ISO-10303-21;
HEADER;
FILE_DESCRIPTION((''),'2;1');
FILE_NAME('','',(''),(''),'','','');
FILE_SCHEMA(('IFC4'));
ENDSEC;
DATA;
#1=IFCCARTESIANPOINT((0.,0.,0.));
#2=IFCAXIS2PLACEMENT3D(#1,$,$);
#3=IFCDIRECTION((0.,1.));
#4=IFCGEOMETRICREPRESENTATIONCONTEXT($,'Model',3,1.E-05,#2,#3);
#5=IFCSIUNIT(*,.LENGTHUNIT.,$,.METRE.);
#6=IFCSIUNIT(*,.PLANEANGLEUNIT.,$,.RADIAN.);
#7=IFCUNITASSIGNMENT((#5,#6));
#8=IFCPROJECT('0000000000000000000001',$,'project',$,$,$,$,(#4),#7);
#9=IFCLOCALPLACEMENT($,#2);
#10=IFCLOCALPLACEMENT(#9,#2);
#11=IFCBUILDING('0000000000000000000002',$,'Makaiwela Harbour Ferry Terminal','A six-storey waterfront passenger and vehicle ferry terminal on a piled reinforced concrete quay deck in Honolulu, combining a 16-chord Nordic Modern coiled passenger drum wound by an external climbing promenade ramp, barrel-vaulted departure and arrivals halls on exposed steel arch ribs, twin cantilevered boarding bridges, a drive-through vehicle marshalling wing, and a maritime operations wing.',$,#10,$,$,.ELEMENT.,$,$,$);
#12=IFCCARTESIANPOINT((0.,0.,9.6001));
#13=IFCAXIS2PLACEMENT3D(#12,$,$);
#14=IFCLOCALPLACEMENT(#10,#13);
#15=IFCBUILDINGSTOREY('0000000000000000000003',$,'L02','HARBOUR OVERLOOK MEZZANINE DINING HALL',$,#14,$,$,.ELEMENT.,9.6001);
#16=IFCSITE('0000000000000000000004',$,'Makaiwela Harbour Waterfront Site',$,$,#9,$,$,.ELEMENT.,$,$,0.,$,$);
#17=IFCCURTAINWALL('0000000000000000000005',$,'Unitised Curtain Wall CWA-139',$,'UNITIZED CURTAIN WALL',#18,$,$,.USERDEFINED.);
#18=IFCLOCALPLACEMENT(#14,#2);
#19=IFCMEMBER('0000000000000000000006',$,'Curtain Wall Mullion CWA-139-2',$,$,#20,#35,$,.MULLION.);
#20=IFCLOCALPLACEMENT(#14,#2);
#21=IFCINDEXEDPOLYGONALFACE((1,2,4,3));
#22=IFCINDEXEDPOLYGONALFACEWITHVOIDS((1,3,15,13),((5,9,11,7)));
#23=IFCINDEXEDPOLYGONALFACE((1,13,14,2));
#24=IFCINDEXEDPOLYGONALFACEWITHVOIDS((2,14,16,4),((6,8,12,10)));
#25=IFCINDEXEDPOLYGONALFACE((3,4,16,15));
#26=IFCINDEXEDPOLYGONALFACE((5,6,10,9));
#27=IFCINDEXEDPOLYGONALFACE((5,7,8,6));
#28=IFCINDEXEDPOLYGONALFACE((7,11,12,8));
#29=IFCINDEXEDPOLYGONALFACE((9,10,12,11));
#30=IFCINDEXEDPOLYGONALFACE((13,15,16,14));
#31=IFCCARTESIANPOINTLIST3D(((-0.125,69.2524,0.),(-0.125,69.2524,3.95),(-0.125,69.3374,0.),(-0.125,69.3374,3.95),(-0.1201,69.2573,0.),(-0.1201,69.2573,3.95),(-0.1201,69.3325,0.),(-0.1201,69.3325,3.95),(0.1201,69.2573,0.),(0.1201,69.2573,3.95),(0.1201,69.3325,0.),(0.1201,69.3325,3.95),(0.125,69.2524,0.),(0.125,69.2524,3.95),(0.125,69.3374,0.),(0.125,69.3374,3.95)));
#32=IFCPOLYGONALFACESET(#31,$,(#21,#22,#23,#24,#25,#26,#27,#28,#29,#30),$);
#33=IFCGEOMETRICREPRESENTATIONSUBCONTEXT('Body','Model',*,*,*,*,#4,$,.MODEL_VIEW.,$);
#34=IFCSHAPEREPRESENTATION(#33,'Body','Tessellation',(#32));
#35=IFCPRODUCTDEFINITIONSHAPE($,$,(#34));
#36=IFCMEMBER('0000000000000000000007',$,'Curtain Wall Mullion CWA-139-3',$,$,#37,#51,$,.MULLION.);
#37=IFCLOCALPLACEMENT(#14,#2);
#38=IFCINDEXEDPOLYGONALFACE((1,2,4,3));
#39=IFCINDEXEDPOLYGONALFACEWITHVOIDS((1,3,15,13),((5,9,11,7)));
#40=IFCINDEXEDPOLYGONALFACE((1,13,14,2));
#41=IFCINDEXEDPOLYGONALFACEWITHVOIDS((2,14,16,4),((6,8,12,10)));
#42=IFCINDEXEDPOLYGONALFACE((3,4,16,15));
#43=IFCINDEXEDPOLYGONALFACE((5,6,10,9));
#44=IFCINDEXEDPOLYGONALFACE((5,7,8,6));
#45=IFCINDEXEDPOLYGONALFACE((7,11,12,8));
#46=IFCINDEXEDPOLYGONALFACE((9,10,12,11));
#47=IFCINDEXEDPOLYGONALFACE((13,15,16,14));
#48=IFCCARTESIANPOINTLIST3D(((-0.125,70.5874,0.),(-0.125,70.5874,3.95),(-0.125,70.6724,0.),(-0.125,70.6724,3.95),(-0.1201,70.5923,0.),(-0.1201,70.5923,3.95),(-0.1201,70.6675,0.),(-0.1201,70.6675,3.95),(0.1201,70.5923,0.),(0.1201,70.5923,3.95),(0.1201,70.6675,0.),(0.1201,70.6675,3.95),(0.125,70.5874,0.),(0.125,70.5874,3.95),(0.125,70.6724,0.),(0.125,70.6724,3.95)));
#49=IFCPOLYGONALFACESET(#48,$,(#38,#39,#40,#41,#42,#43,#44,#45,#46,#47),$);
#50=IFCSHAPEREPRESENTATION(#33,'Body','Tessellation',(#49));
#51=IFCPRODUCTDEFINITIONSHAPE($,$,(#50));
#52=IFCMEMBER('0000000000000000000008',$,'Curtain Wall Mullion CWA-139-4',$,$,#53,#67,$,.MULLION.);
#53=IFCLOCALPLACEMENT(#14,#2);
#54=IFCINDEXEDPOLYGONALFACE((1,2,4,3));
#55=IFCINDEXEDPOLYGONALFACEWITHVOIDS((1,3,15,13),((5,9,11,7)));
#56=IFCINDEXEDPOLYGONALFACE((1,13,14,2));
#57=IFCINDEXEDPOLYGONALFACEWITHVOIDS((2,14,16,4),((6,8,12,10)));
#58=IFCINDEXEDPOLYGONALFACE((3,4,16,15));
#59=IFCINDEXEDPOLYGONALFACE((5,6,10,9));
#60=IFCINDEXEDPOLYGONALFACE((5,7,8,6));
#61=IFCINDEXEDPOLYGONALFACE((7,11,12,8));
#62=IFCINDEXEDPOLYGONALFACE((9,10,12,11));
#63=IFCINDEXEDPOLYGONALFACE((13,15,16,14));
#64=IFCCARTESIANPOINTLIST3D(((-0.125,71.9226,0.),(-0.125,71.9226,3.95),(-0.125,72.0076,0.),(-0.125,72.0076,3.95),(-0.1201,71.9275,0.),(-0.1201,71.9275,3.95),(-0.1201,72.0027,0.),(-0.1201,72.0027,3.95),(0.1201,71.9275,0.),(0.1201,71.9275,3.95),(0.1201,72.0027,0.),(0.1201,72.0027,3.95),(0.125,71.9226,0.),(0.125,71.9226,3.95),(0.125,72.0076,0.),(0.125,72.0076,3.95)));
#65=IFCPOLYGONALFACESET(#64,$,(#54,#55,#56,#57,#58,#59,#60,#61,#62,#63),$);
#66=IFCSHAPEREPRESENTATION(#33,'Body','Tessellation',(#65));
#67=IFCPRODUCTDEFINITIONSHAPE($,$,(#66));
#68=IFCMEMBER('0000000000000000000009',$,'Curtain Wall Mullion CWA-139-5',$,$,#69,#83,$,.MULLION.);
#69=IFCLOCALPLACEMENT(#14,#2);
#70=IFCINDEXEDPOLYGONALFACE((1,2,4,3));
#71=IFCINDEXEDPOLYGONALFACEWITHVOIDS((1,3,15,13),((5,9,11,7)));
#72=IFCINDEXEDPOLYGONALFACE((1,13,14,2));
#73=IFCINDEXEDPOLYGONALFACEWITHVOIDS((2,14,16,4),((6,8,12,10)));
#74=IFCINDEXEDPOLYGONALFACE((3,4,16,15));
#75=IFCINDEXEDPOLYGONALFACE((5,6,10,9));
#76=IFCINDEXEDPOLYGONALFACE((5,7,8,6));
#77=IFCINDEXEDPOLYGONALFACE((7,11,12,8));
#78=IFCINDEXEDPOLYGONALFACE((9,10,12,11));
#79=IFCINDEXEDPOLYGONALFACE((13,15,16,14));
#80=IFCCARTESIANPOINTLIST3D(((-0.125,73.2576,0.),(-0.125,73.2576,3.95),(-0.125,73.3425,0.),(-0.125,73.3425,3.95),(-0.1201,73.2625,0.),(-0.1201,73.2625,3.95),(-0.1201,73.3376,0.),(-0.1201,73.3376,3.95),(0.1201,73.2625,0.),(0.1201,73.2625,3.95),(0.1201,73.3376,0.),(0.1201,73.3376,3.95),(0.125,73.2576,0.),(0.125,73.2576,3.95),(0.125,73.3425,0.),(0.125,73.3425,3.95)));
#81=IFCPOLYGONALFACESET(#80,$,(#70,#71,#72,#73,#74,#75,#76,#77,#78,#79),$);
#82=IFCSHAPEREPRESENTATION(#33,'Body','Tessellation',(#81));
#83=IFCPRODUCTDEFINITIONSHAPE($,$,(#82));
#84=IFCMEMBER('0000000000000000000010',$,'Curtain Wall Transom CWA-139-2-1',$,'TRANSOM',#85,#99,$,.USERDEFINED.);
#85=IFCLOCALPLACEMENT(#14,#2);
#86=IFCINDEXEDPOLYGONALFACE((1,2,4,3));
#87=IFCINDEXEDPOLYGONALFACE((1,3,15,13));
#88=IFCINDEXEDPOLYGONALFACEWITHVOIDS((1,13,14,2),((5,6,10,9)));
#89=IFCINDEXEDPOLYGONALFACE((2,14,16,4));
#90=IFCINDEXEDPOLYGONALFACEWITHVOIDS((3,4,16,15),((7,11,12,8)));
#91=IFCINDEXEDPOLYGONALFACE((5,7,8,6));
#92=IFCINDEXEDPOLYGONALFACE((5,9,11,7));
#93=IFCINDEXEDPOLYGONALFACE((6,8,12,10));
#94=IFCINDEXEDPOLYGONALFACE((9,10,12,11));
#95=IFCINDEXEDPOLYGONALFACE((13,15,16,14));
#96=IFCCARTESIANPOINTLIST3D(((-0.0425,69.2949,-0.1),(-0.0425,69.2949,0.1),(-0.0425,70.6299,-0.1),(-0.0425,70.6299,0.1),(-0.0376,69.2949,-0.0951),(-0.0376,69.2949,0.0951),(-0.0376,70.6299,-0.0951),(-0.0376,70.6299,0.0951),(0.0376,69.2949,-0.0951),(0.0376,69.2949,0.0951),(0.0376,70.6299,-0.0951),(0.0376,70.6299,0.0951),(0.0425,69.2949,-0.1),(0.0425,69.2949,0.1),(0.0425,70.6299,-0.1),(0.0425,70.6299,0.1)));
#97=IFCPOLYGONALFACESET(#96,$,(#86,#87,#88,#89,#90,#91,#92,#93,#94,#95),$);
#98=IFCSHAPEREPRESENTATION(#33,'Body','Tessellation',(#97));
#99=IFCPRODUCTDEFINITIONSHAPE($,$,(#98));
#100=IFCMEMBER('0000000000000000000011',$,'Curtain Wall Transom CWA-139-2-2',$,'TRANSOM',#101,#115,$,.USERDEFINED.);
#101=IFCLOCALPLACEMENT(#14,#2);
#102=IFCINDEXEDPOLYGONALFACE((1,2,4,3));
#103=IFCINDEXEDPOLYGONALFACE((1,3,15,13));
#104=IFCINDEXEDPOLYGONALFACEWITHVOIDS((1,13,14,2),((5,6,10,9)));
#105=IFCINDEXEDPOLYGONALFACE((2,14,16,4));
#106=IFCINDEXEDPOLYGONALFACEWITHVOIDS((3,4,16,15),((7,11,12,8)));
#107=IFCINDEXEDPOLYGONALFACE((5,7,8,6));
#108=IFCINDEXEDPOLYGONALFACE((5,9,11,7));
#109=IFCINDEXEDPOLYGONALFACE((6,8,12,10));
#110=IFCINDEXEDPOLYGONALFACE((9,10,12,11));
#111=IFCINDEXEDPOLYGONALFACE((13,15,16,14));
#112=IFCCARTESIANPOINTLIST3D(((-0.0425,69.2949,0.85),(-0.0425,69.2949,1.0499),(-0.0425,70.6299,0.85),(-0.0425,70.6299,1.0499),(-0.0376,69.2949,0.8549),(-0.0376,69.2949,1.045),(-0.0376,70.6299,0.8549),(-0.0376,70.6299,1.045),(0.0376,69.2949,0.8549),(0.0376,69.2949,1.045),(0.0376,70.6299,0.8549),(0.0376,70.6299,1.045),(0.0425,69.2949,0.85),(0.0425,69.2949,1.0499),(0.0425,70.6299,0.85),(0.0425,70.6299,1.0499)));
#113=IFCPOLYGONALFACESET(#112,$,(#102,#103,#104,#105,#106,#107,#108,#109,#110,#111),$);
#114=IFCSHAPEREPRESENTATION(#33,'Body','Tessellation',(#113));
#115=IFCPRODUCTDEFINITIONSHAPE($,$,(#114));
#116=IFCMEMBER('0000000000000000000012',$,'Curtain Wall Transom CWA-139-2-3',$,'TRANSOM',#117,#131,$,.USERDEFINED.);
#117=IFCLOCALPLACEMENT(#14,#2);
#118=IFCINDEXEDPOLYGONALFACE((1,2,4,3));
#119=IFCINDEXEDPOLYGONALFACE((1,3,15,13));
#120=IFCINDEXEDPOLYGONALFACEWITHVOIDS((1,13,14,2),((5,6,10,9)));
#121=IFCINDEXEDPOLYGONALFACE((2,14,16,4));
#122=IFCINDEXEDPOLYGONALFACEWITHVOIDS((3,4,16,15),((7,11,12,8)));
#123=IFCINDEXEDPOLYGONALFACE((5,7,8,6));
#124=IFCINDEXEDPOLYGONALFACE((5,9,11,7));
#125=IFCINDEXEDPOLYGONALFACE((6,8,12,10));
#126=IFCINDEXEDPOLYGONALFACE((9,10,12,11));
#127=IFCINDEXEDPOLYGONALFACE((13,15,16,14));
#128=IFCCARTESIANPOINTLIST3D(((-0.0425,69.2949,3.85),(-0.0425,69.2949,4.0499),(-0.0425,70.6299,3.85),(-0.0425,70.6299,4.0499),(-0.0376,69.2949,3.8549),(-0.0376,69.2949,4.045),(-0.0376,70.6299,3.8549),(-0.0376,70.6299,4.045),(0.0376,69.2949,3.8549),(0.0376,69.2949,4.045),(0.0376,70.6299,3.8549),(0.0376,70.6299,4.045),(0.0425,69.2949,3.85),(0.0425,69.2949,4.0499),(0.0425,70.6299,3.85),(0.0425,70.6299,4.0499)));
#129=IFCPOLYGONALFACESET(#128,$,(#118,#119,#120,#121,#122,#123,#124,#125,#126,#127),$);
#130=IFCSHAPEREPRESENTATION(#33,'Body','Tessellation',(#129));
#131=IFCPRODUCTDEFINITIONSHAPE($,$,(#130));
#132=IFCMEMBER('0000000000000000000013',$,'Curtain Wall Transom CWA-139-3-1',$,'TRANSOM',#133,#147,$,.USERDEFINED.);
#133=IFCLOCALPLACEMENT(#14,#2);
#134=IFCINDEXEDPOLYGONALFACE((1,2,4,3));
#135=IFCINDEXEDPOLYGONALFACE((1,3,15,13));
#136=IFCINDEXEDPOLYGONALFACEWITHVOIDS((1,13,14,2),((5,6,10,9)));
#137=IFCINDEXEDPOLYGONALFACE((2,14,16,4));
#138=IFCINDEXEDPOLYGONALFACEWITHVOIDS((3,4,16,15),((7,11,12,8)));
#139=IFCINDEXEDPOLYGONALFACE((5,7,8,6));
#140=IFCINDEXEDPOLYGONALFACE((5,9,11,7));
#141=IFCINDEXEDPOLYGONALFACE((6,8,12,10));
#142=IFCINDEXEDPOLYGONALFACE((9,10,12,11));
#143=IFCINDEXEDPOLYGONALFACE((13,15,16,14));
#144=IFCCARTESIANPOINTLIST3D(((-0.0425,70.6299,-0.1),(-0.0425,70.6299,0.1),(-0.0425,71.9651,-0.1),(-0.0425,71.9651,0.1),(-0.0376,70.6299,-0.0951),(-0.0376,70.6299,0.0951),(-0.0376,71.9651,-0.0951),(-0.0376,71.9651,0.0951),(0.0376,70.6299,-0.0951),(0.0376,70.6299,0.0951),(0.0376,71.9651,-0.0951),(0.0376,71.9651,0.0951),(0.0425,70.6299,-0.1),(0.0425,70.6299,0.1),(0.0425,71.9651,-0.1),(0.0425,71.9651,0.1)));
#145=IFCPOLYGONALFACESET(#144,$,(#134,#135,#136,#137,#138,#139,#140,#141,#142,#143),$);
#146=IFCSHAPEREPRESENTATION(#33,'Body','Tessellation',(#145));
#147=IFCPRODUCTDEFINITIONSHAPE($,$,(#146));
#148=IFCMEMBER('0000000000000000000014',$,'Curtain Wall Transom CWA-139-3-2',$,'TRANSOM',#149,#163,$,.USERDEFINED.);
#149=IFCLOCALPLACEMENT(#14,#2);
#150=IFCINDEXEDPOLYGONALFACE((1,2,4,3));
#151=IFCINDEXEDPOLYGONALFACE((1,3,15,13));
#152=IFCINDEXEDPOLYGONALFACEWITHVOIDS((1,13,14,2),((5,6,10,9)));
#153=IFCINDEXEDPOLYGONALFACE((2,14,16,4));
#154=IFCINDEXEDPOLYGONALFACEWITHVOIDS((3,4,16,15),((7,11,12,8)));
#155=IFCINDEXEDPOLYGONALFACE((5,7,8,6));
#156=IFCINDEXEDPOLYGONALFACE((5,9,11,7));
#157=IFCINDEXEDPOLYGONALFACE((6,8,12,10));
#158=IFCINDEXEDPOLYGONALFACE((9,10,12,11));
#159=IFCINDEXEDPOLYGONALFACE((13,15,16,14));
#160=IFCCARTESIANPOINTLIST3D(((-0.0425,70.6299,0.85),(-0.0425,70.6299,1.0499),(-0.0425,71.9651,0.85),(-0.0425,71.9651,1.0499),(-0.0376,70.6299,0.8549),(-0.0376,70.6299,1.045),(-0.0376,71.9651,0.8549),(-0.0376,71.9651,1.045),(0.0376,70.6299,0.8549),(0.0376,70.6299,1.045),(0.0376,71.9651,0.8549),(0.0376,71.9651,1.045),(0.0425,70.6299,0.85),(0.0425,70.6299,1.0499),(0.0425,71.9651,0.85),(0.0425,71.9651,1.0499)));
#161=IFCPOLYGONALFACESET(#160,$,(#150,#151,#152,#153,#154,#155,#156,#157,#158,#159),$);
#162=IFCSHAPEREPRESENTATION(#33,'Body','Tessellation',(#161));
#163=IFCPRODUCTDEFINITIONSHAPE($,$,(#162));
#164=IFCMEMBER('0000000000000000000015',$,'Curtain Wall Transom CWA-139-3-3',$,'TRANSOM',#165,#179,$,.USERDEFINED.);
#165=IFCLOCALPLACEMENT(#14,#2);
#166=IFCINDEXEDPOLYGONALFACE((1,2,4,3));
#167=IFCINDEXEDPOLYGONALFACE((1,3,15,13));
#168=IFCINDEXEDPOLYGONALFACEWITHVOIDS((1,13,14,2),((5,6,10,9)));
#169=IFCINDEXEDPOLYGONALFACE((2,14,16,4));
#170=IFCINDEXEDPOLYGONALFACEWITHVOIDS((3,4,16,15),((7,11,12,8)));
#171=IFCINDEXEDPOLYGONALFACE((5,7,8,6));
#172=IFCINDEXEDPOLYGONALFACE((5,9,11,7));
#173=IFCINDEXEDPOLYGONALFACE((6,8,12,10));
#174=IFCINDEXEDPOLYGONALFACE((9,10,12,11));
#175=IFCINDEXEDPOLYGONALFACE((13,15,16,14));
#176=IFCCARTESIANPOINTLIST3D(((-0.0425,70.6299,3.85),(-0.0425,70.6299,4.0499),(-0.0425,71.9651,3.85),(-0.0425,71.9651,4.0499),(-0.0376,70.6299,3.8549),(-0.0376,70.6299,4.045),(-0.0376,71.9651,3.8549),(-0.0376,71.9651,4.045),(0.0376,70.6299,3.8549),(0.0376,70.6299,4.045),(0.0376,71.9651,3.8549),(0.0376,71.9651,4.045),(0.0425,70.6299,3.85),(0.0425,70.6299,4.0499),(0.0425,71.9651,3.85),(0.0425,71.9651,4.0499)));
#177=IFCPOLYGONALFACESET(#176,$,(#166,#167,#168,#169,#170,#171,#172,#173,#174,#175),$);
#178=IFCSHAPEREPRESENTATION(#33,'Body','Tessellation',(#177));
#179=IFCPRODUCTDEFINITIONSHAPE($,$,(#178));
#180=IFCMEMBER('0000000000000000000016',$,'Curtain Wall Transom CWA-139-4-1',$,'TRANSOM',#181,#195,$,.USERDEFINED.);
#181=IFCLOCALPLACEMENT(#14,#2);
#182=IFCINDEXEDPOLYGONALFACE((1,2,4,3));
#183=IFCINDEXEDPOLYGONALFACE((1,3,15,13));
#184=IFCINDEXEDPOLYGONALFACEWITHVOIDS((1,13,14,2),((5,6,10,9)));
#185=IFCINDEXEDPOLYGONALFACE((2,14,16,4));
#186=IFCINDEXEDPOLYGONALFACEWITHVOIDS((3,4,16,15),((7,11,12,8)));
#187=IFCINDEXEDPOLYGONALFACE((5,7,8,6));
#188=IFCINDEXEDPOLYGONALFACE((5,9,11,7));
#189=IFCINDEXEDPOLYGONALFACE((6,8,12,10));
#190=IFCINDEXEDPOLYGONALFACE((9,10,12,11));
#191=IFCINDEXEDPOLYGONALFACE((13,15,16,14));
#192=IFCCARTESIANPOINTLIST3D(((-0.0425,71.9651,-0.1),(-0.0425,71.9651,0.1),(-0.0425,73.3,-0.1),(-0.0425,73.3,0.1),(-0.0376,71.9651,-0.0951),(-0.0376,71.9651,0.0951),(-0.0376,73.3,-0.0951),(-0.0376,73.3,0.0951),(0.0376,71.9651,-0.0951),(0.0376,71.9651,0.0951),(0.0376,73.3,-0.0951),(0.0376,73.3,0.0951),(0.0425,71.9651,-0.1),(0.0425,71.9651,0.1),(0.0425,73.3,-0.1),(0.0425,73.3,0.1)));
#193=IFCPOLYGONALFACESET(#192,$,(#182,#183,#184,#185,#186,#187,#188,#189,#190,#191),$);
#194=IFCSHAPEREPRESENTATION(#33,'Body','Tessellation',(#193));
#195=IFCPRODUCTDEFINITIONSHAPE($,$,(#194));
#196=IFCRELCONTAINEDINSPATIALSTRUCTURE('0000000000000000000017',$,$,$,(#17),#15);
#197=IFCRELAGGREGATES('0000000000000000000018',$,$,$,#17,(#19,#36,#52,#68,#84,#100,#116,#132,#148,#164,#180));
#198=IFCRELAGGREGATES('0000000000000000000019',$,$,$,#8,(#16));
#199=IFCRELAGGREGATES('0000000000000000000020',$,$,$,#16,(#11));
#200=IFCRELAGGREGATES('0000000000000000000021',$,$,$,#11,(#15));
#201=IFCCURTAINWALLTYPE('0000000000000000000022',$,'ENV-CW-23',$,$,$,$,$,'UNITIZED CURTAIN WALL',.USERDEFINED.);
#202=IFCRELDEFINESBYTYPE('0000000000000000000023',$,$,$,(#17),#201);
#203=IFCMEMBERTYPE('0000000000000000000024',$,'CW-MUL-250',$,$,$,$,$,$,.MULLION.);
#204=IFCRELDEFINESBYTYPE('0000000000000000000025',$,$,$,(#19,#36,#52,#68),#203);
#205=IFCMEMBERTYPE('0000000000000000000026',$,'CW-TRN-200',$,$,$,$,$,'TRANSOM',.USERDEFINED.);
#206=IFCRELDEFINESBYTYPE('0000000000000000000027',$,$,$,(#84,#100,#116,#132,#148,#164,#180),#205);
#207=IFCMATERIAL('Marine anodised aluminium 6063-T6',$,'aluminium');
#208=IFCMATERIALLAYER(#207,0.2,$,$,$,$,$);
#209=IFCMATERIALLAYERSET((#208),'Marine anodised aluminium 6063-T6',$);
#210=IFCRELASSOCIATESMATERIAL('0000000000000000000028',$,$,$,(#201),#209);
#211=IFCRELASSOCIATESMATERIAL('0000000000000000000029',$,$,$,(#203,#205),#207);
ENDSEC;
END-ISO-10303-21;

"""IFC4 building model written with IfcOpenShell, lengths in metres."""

from ifc_helpers import new_model, si_unit, direction, frame, origin, origin_2d, place, context, subcontext, project, spatial, hollow_rectangle, extrude, material, layer, layer_set, material_profile, profile_set, type_object, element, aggregate, save


model = new_model("IFC4")

# Units and contexts
model_context = context("Model", 3, precision=1e-05, world=origin(), true_north=direction((0.0, 1.0)))
body_context = subcontext(model_context, "Body", "Model", "MODEL_VIEW")
ifc_project = project(units=[si_unit("LENGTHUNIT", "METRE"), si_unit("PLANEANGLEUNIT", "RADIAN")], contexts=[model_context])

# Site, building, storey
site_placement = place(None, origin())
site = spatial("IfcSite", under=ifc_project, at=site_placement, Name="Makaiwela Harbour Waterfront Site", CompositionType="ELEMENT", RefElevation=0.0)
building_placement = place(site_placement, origin())
building = spatial("IfcBuilding", under=site, at=building_placement, Name="Makaiwela Harbour Ferry Terminal", Description="A six-storey waterfront passenger and vehicle ferry terminal on a piled reinforced concrete quay deck in Honolulu, combining a 16-chord Nordic Modern coiled passenger drum wound by an external climbing promenade ramp, barrel-vaulted departure and arrivals halls on exposed steel arch ribs, twin cantilevered boarding bridges, a drive-through vehicle marshalling wing, and a maritime operations wing.", CompositionType="ELEMENT")
storey_placement = place(building_placement, frame((0.0, 0.0, 9.6001)))
storey = spatial("IfcBuildingStorey", under=building, at=storey_placement, Name="L02", Description="HARBOUR OVERLOOK MEZZANINE DINING HALL", CompositionType="ELEMENT", Elevation=9.6001)

# Curtain wall, members
ifc_material_1 = material(Name="Marine anodised aluminium 6063-T6", Category="aluminium")
ifc_layer_1 = layer(ifc_material_1, 0.2)
ifc_layer_set_1 = layer_set([ifc_layer_1], Name="Marine anodised aluminium 6063-T6")
curtain_wall_type = type_object("IfcCurtainWallType", Name="ENV-CW-23", ElementType="UNITIZED CURTAIN WALL", PredefinedType="USERDEFINED", material=ifc_layer_set_1)
curtain_wall_placement = place(storey_placement, origin())
curtain_wall = element("IfcCurtainWall", 1, at=curtain_wall_placement, inside=storey, type_object=curtain_wall_type, Name="Unitised Curtain Wall CWA-139", ObjectType="UNITIZED CURTAIN WALL", PredefinedType="USERDEFINED")
ifc_material_profile_1 = material_profile(ifc_material_1, hollow_rectangle(XDim=0.085, YDim=0.25, WallThickness=0.0049, at=origin_2d()), Name="CWM-250X85")
ifc_profile_set_1 = profile_set([ifc_material_profile_1], Name="Marine anodised aluminium 6063-T6")
member_type_1 = type_object("IfcMemberType", Name="CW-MUL-250", PredefinedType="MULLION", material=ifc_profile_set_1)
member_1_placement = place(storey_placement, frame((0.0, 69.2949, 0.0), z_axis=(0.0, 0.0, 1.0), x_axis=(0.0, 1.0, 0.0)))
member_1 = element("IfcMember", 2, at=member_1_placement, type_object=member_type_1, Name="Curtain Wall Mullion CWA-139-2", PredefinedType="MULLION", context=body_context, shape_type="SweptSolid", body=[
    extrude(hollow_rectangle(XDim=0.085, YDim=0.25, WallThickness=0.0049, at=origin_2d()), origin(), (0.0, 0.0, 1.0), 3.95),
])
member_2_placement = place(storey_placement, frame((0.0, 70.6299, 0.0), z_axis=(0.0, 0.0, 1.0), x_axis=(0.0, 1.0, 0.0)))
member_2 = element("IfcMember", 3, at=member_2_placement, type_object=member_type_1, Name="Curtain Wall Mullion CWA-139-3", PredefinedType="MULLION", context=body_context, shape_type="SweptSolid", body=[
    extrude(hollow_rectangle(XDim=0.085, YDim=0.25, WallThickness=0.0049, at=origin_2d()), origin(), (0.0, 0.0, 1.0), 3.95),
])
member_3_placement = place(storey_placement, frame((0.0, 71.9651, 0.0), z_axis=(0.0, 0.0, 1.0), x_axis=(0.0, 1.0, 0.0)))
member_3 = element("IfcMember", 4, at=member_3_placement, type_object=member_type_1, Name="Curtain Wall Mullion CWA-139-4", PredefinedType="MULLION", context=body_context, shape_type="SweptSolid", body=[
    extrude(hollow_rectangle(XDim=0.085, YDim=0.25, WallThickness=0.0049, at=origin_2d()), origin(), (0.0, 0.0, 1.0), 3.95),
])
member_4_placement = place(storey_placement, frame((0.0, 73.3, 0.0), z_axis=(0.0, 0.0, 1.0), x_axis=(0.0, 1.0, 0.0)))
member_4 = element("IfcMember", 5, at=member_4_placement, type_object=member_type_1, Name="Curtain Wall Mullion CWA-139-5", PredefinedType="MULLION", context=body_context, shape_type="SweptSolid", body=[
    extrude(hollow_rectangle(XDim=0.085, YDim=0.25, WallThickness=0.0049, at=origin_2d()), origin(), (0.0, 0.0, 1.0), 3.95),
])
ifc_material_profile_2 = material_profile(ifc_material_1, hollow_rectangle(XDim=0.085, YDim=0.2, WallThickness=0.0049, at=origin_2d()), Name="CWT-200X85")
ifc_profile_set_2 = profile_set([ifc_material_profile_2], Name="Marine anodised aluminium 6063-T6")
member_type_2 = type_object("IfcMemberType", Name="CW-TRN-200", ElementType="TRANSOM", PredefinedType="USERDEFINED", material=ifc_profile_set_2)
member_5_placement = place(storey_placement, frame((0.0, 69.2949, 0.0), z_axis=(0.0, 1.0, 0.0), x_axis=(-1.0, 0.0, 0.0)))
member_5 = element("IfcMember", 6, at=member_5_placement, type_object=member_type_2, Name="Curtain Wall Transom CWA-139-2-1", ObjectType="TRANSOM", PredefinedType="USERDEFINED", context=body_context, shape_type="SweptSolid", body=[
    extrude(hollow_rectangle(XDim=0.085, YDim=0.2, WallThickness=0.0049, at=origin_2d()), origin(), (0.0, 0.0, 1.0), 1.335),
])
member_6_placement = place(storey_placement, frame((0.0, 69.2949, 0.95), z_axis=(0.0, 1.0, 0.0), x_axis=(-1.0, 0.0, 0.0)))
member_6 = element("IfcMember", 7, at=member_6_placement, type_object=member_type_2, Name="Curtain Wall Transom CWA-139-2-2", ObjectType="TRANSOM", PredefinedType="USERDEFINED", context=body_context, shape_type="SweptSolid", body=[
    extrude(hollow_rectangle(XDim=0.085, YDim=0.2, WallThickness=0.0049, at=origin_2d()), origin(), (0.0, 0.0, 1.0), 1.335),
])
member_7_placement = place(storey_placement, frame((0.0, 69.2949, 3.95), z_axis=(0.0, 1.0, 0.0), x_axis=(-1.0, 0.0, 0.0)))
member_7 = element("IfcMember", 8, at=member_7_placement, type_object=member_type_2, Name="Curtain Wall Transom CWA-139-2-3", ObjectType="TRANSOM", PredefinedType="USERDEFINED", context=body_context, shape_type="SweptSolid", body=[
    extrude(hollow_rectangle(XDim=0.085, YDim=0.2, WallThickness=0.0049, at=origin_2d()), origin(), (0.0, 0.0, 1.0), 1.335),
])
member_8_placement = place(storey_placement, frame((0.0, 70.6299, 0.0), z_axis=(0.0, 1.0, 0.0), x_axis=(-1.0, 0.0, 0.0)))
member_8 = element("IfcMember", 9, at=member_8_placement, type_object=member_type_2, Name="Curtain Wall Transom CWA-139-3-1", ObjectType="TRANSOM", PredefinedType="USERDEFINED", context=body_context, shape_type="SweptSolid", body=[
    extrude(hollow_rectangle(XDim=0.085, YDim=0.2, WallThickness=0.0049, at=origin_2d()), origin(), (0.0, 0.0, 1.0), 1.3352),
])
member_9_placement = place(storey_placement, frame((0.0, 70.6299, 0.95), z_axis=(0.0, 1.0, 0.0), x_axis=(-1.0, 0.0, 0.0)))
member_9 = element("IfcMember", 10, at=member_9_placement, type_object=member_type_2, Name="Curtain Wall Transom CWA-139-3-2", ObjectType="TRANSOM", PredefinedType="USERDEFINED", context=body_context, shape_type="SweptSolid", body=[
    extrude(hollow_rectangle(XDim=0.085, YDim=0.2, WallThickness=0.0049, at=origin_2d()), origin(), (0.0, 0.0, 1.0), 1.3352),
])
member_10_placement = place(storey_placement, frame((0.0, 70.6299, 3.95), z_axis=(0.0, 1.0, 0.0), x_axis=(-1.0, 0.0, 0.0)))
member_10 = element("IfcMember", 11, at=member_10_placement, type_object=member_type_2, Name="Curtain Wall Transom CWA-139-3-3", ObjectType="TRANSOM", PredefinedType="USERDEFINED", context=body_context, shape_type="SweptSolid", body=[
    extrude(hollow_rectangle(XDim=0.085, YDim=0.2, WallThickness=0.0049, at=origin_2d()), origin(), (0.0, 0.0, 1.0), 1.3352),
])
member_11_placement = place(storey_placement, frame((0.0, 71.9651, 0.0), z_axis=(0.0, 1.0, 0.0), x_axis=(-1.0, 0.0, 0.0)))
member_11 = element("IfcMember", 12, at=member_11_placement, type_object=member_type_2, Name="Curtain Wall Transom CWA-139-4-1", ObjectType="TRANSOM", PredefinedType="USERDEFINED", context=body_context, shape_type="SweptSolid", body=[
    extrude(hollow_rectangle(XDim=0.085, YDim=0.2, WallThickness=0.0049, at=origin_2d()), origin(), (0.0, 0.0, 1.0), 1.335),
])
aggregate(curtain_wall, [member_1, member_2, member_3, member_4, member_5, member_6, member_7, member_8, member_9, member_10, member_11])

save(model, "model.ifc")
